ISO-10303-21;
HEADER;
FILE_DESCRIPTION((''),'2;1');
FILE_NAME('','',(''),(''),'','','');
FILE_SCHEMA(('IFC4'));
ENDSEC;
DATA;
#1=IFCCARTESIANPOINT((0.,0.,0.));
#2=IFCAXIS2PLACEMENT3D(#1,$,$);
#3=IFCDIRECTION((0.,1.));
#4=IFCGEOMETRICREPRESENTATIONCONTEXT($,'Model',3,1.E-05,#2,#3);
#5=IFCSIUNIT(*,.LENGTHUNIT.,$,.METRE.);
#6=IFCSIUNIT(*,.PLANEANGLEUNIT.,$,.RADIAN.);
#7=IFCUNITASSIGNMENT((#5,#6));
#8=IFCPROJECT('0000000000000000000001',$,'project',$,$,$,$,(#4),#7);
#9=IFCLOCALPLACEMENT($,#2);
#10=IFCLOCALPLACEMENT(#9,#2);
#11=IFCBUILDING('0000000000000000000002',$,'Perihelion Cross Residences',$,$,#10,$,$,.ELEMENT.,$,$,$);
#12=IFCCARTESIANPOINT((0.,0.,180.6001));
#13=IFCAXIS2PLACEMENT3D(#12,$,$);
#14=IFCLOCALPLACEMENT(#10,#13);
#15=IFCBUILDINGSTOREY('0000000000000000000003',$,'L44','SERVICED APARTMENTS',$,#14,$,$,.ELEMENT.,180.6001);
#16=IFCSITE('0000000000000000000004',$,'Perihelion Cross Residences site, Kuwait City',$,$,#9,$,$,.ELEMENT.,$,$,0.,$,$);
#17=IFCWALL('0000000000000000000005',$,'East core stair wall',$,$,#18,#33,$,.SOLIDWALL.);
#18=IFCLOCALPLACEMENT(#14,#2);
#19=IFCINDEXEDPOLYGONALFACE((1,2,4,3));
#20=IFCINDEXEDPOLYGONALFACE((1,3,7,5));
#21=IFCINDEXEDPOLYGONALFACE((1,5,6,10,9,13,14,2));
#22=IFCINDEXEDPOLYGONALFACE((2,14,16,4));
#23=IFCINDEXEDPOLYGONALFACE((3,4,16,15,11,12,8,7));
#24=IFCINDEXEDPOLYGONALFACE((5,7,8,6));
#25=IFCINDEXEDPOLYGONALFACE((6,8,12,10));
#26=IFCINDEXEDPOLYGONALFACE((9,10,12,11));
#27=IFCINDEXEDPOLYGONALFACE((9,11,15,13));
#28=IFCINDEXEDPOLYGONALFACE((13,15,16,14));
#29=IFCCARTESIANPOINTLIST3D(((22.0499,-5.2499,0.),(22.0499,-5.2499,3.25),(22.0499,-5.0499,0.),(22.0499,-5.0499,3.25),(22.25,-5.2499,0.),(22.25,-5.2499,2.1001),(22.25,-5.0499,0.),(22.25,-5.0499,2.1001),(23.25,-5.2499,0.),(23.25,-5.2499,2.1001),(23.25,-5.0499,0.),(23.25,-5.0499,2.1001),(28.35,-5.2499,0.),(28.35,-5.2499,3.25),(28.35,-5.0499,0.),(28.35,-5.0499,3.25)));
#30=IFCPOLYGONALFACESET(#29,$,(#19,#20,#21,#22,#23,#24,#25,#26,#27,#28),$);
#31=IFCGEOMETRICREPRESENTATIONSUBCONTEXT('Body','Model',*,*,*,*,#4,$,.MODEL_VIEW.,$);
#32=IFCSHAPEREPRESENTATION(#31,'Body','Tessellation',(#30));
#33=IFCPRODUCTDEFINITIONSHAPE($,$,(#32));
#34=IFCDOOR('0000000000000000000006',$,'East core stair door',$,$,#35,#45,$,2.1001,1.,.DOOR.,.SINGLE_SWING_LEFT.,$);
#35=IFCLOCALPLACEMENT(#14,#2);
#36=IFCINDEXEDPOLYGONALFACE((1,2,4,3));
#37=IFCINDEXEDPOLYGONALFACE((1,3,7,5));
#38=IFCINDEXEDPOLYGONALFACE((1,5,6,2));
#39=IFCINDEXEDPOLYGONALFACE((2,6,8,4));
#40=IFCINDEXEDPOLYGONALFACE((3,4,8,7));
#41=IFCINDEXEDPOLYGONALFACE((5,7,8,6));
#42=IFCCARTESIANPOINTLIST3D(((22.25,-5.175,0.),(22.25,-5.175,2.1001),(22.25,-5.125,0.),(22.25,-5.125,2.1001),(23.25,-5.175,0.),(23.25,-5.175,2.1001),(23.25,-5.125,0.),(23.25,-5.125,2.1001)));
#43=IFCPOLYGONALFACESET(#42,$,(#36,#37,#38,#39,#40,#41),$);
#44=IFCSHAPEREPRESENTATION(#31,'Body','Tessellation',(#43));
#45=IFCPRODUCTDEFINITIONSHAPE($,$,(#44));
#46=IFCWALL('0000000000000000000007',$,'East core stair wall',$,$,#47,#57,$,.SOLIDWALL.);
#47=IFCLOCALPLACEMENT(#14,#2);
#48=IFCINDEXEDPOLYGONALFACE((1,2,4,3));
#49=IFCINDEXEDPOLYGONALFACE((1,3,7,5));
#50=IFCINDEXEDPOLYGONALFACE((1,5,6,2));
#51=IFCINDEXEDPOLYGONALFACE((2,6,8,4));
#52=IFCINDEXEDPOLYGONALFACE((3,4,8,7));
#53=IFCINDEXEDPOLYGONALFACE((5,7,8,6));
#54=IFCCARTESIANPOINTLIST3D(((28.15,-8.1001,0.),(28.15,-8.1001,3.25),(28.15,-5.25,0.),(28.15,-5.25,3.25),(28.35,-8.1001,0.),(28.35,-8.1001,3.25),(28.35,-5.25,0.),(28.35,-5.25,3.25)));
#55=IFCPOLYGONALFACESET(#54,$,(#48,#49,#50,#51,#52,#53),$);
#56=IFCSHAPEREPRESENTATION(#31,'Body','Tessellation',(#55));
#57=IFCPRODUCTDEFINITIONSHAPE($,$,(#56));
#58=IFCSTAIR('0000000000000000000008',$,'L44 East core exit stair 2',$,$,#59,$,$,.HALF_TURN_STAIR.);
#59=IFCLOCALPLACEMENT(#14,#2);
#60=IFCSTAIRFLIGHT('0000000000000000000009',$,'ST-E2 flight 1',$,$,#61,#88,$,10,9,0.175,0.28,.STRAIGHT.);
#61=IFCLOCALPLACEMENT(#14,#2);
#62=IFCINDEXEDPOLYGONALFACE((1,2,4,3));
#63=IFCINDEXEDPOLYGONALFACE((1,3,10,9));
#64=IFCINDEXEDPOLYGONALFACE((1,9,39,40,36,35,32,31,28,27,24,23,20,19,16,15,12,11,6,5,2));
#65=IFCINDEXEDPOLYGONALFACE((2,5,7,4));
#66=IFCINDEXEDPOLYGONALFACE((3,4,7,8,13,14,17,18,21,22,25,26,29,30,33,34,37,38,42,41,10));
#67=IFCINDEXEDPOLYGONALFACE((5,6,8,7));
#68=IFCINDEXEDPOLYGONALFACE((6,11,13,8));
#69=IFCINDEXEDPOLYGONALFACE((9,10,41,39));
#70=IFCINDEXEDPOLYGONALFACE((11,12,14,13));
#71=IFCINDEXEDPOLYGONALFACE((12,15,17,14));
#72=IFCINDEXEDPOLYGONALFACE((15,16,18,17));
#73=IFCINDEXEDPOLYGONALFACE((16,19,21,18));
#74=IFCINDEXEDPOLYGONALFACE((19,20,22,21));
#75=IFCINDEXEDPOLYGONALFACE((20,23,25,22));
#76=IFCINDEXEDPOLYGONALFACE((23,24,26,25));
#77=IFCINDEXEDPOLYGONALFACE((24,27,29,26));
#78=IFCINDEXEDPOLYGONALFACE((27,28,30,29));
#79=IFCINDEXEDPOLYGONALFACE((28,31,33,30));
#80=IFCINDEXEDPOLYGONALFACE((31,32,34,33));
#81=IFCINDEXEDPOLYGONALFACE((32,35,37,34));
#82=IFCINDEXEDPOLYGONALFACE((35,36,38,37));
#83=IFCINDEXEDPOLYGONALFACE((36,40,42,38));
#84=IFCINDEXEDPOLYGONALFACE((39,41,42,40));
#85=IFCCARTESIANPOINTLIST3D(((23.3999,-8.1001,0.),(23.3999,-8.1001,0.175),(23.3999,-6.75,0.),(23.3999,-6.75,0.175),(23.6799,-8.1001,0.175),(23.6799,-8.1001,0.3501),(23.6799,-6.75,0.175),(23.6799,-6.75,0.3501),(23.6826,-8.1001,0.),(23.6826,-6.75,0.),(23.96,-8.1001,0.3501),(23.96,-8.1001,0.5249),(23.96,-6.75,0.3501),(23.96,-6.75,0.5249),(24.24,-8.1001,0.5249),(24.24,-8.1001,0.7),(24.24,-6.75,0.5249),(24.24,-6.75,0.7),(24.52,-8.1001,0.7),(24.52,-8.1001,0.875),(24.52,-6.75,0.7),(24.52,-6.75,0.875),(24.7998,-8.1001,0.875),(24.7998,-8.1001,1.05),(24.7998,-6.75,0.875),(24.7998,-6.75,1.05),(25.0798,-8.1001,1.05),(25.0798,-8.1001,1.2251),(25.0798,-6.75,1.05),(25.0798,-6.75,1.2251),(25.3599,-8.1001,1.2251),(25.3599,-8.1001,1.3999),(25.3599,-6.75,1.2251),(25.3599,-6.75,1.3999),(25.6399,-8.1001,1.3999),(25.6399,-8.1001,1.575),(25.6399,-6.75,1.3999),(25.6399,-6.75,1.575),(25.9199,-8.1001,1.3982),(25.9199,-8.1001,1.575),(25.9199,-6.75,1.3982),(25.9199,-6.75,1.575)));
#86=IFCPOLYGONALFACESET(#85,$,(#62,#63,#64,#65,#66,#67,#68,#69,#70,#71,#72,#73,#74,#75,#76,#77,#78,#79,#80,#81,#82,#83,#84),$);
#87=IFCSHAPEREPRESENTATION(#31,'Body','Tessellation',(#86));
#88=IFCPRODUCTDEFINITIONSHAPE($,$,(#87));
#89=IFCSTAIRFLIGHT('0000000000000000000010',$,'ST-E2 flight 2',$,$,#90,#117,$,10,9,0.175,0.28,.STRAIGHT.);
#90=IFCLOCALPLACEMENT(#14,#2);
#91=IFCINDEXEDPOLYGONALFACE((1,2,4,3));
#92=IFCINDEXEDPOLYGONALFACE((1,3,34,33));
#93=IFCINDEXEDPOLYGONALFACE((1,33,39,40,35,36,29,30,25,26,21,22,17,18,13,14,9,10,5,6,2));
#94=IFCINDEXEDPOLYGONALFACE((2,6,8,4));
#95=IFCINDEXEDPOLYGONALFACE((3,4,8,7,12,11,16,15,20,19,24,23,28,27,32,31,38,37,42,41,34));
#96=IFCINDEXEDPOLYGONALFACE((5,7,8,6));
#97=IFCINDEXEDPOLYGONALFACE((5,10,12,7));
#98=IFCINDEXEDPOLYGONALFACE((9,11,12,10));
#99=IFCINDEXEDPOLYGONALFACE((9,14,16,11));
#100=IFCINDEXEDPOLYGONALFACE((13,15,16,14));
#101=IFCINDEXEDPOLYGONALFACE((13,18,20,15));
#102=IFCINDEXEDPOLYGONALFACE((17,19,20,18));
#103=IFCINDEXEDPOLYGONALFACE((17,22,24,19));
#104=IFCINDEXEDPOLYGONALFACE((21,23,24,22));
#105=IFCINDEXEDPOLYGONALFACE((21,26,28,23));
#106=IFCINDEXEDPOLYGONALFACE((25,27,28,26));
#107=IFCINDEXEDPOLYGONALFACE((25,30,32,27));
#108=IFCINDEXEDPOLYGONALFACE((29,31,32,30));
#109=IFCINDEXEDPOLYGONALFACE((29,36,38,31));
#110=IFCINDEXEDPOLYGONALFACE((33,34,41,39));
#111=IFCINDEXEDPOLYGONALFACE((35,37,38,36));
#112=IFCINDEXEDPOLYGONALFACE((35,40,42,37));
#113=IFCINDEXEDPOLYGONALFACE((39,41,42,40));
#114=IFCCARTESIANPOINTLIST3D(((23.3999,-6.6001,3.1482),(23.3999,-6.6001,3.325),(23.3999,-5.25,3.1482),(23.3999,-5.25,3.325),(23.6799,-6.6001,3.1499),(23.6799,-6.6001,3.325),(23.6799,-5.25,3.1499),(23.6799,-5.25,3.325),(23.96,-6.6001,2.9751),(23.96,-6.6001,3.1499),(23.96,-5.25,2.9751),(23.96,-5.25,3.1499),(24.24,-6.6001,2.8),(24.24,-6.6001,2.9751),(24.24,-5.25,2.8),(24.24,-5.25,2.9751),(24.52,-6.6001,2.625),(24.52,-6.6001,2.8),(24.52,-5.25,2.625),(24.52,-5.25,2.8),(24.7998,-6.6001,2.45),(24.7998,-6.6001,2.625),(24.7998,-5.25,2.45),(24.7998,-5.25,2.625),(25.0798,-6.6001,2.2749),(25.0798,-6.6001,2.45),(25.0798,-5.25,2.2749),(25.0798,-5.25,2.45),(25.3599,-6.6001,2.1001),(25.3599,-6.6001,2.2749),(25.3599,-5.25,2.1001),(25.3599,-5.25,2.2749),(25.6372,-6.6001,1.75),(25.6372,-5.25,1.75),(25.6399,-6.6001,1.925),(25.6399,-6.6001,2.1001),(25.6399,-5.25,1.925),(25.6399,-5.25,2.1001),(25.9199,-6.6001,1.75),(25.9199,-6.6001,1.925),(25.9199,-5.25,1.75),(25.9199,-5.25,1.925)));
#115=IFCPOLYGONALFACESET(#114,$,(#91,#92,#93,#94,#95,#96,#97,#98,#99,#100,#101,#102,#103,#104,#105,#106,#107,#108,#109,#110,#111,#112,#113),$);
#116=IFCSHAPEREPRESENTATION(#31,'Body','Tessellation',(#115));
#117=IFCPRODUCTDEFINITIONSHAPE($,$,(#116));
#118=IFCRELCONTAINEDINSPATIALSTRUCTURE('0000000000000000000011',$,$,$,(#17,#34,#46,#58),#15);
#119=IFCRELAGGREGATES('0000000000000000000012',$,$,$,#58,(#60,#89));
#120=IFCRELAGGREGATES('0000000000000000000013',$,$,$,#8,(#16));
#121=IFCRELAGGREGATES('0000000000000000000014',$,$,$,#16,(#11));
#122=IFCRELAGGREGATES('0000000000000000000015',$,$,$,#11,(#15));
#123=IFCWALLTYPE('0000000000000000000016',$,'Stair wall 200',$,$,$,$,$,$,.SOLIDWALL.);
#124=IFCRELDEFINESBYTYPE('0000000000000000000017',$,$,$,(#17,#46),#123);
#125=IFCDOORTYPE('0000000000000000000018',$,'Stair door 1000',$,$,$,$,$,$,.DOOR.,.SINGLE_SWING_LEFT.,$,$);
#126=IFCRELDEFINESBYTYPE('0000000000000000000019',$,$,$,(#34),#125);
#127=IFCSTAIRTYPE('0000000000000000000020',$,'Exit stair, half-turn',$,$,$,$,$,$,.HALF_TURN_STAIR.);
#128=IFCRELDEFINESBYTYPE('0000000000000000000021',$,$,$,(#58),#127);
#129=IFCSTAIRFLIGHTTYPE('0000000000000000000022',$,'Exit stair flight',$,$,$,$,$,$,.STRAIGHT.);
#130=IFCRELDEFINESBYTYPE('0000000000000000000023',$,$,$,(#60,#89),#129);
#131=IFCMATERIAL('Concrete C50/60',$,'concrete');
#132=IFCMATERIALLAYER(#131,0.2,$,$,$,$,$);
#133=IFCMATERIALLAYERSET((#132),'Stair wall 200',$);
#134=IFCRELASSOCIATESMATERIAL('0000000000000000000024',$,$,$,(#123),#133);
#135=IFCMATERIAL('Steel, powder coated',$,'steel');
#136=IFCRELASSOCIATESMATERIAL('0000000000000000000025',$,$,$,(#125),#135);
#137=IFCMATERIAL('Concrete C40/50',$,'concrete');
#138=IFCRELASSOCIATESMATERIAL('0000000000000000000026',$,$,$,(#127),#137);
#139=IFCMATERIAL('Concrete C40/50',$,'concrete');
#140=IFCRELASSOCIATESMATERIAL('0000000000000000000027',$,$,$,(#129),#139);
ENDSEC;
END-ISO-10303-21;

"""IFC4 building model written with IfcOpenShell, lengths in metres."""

from ifc_helpers import new_model, si_unit, direction, frame, frame_2d, origin, place, context, subcontext, project, spatial, polyline, rectangle, outline, extrude, material, layer, layer_set, type_object, element, fill, aggregate, save


model = new_model("IFC4")

# Units and contexts
model_context = context("Model", 3, precision=1e-05, world=origin(), true_north=direction((0.0, 1.0)))
body_context = subcontext(model_context, "Body", "Model", "MODEL_VIEW")
ifc_project = project(units=[si_unit("LENGTHUNIT", "METRE"), si_unit("PLANEANGLEUNIT", "RADIAN")], contexts=[model_context])

# Site, building, storey
site_placement = place(None, origin())
site = spatial("IfcSite", under=ifc_project, at=site_placement, Name="Perihelion Cross Residences site, Kuwait City", CompositionType="ELEMENT", RefElevation=0.0)
building_placement = place(site_placement, origin())
building = spatial("IfcBuilding", under=site, at=building_placement, Name="Perihelion Cross Residences", CompositionType="ELEMENT")
storey_placement = place(building_placement, frame((0.0, 0.0, 180.6001)))
storey = spatial("IfcBuildingStorey", under=building, at=storey_placement, Name="L44", Description="SERVICED APARTMENTS", CompositionType="ELEMENT", Elevation=180.6001)

# Wall, opening, door
ifc_material_1 = material(Name="Concrete C50/60", Category="concrete")
ifc_layer_1 = layer(ifc_material_1, 0.2)
ifc_layer_set_1 = layer_set([ifc_layer_1], Name="Stair wall 200")
wall_type_1 = type_object("IfcWallType", Name="Stair wall 200", PredefinedType="SOLIDWALL", material=ifc_layer_set_1)
wall_1_placement = place(storey_placement, frame((22.05, -5.1499, 0.0), z_axis=(0.0, 0.0, 1.0), x_axis=(1.0, 0.0, 0.0)))
wall_1 = element("IfcWall", 1, at=wall_1_placement, inside=storey, type_object=wall_type_1, Name="East core stair wall", PredefinedType="SOLIDWALL", context=body_context, shape_type="SweptSolid", body=[
    extrude(rectangle(XDim=6.3, YDim=0.2, at=frame_2d((3.1499, 0.0))), origin(), (0.0, 0.0, 1.0), 3.25),
])
opening_1_placement = place(wall_1_placement, frame((0.2, 0.0, 0.0)))
opening_1 = element("IfcOpeningElement", 2, at=opening_1_placement, cuts=wall_1, PredefinedType="OPENING", context=body_context, shape_type="SweptSolid", body=[
    extrude(rectangle(XDim=1.0, YDim=2.1001, at=frame_2d((0.5, 1.05))), frame((0.0, 0.1099, 0.0), z_axis=(0.0, -1.0, 0.0), x_axis=(1.0, 0.0, 0.0)), (0.0, 0.0, 1.0), 0.22),
])
ifc_material_2 = material(Name="Steel, powder coated", Category="steel")
door_type_1 = type_object("IfcDoorType", Name="Stair door 1000", OperationType="SINGLE_SWING_LEFT", PredefinedType="DOOR", material=ifc_material_2)
door_1_placement = place(opening_1_placement, origin())
door_1 = element("IfcDoor", 3, at=door_1_placement, inside=storey, type_object=door_type_1, Name="East core stair door", OperationType="SINGLE_SWING_LEFT", OverallHeight=2.1001, OverallWidth=1.0, PredefinedType="DOOR", context=body_context, shape_type="SweptSolid", body=[
    extrude(rectangle(XDim=1.0, YDim=2.1001, at=frame_2d((0.5, 1.05))), frame((0.0, 0.0249, 0.0), z_axis=(0.0, -1.0, 0.0), x_axis=(1.0, 0.0, 0.0)), (0.0, 0.0, 1.0), 0.05),
])
fill(opening_1, door_1)

# Wall
wall_2_placement = place(storey_placement, frame((28.25, -8.1001, 0.0), z_axis=(0.0, 0.0, 1.0), x_axis=(0.0, 1.0, 0.0)))
element("IfcWall", 4, at=wall_2_placement, inside=storey, type_object=wall_type_1, Name="East core stair wall", PredefinedType="SOLIDWALL", context=body_context, shape_type="SweptSolid", body=[
    extrude(rectangle(XDim=2.8501, YDim=0.2, at=frame_2d((1.425, 0.0))), origin(), (0.0, 0.0, 1.0), 3.25),
])

# Stair, stair flights
ifc_material_3 = material(Name="Concrete C40/50", Category="concrete")
stair_type = type_object("IfcStairType", Name="Exit stair, half-turn", PredefinedType="HALF_TURN_STAIR", material=ifc_material_3)
stair_placement = place(storey_placement, origin())
stair = element("IfcStair", 5, at=stair_placement, inside=storey, type_object=stair_type, Name="L44 East core exit stair 2", PredefinedType="HALF_TURN_STAIR")
ifc_material_4 = material(Name="Concrete C40/50", Category="concrete")
stair_flight_type = type_object("IfcStairFlightType", Name="Exit stair flight", PredefinedType="STRAIGHT", material=ifc_material_4)
stair_flight_1_placement = place(storey_placement, frame((23.3999, -7.425, 0.0), z_axis=(0.0, 0.0, 1.0), x_axis=(1.0, 0.0, 0.0)))
stair_flight_1 = element("IfcStairFlight", 6, at=stair_flight_1_placement, type_object=stair_flight_type, Name="ST-E2 flight 1", NumberOfRisers=10, NumberOfTreads=9, PredefinedType="STRAIGHT", RiserHeight=0.175, TreadLength=0.28, context=body_context, shape_type="SweptSolid", body=[
    extrude(outline(polyline([(0.0, 0.0), (0.0, 0.175), (0.28, 0.175), (0.28, 0.3501), (0.5601, 0.3501), (0.5601, 0.5249), (0.8401, 0.5249), (0.8401, 0.7), (1.1201, 0.7), (1.1201, 0.875), (1.3999, 0.875), (1.3999, 1.05), (1.6799, 1.05), (1.6799, 1.2251), (1.96, 1.2251), (1.96, 1.3999), (2.24, 1.3999), (2.24, 1.575), (2.52, 1.575), (2.52, 1.75), (2.52, 1.3982), (0.2827, 0.0), (0.0, 0.0)])), frame((0.0, 0.675, 0.0), z_axis=(0.0, -1.0, 0.0), x_axis=(1.0, 0.0, 0.0)), (0.0, 0.0, 1.0), 1.3501),
])
stair_flight_2_placement = place(storey_placement, frame((25.9199, -5.925, 1.75), z_axis=(0.0, 0.0, 1.0), x_axis=(-1.0, 0.0, 0.0)))
stair_flight_2 = element("IfcStairFlight", 7, at=stair_flight_2_placement, type_object=stair_flight_type, Name="ST-E2 flight 2", NumberOfRisers=10, NumberOfTreads=9, PredefinedType="STRAIGHT", RiserHeight=0.175, TreadLength=0.28, context=body_context, shape_type="SweptSolid", body=[
    extrude(outline(polyline([(0.0, 0.0), (0.0, 0.175), (0.28, 0.175), (0.28, 0.3501), (0.5601, 0.3501), (0.5601, 0.5249), (0.8401, 0.5249), (0.8401, 0.7), (1.1201, 0.7), (1.1201, 0.875), (1.3999, 0.875), (1.3999, 1.05), (1.6799, 1.05), (1.6799, 1.2251), (1.96, 1.2251), (1.96, 1.3999), (2.24, 1.3999), (2.24, 1.575), (2.52, 1.575), (2.52, 1.75), (2.52, 1.3982), (0.2827, 0.0), (0.0, 0.0)])), frame((0.0, 0.675, 0.0), z_axis=(0.0, -1.0, 0.0), x_axis=(1.0, 0.0, 0.0)), (0.0, 0.0, 1.0), 1.3501),
])
aggregate(stair, [stair_flight_1, stair_flight_2])

save(model, "model.ifc")
